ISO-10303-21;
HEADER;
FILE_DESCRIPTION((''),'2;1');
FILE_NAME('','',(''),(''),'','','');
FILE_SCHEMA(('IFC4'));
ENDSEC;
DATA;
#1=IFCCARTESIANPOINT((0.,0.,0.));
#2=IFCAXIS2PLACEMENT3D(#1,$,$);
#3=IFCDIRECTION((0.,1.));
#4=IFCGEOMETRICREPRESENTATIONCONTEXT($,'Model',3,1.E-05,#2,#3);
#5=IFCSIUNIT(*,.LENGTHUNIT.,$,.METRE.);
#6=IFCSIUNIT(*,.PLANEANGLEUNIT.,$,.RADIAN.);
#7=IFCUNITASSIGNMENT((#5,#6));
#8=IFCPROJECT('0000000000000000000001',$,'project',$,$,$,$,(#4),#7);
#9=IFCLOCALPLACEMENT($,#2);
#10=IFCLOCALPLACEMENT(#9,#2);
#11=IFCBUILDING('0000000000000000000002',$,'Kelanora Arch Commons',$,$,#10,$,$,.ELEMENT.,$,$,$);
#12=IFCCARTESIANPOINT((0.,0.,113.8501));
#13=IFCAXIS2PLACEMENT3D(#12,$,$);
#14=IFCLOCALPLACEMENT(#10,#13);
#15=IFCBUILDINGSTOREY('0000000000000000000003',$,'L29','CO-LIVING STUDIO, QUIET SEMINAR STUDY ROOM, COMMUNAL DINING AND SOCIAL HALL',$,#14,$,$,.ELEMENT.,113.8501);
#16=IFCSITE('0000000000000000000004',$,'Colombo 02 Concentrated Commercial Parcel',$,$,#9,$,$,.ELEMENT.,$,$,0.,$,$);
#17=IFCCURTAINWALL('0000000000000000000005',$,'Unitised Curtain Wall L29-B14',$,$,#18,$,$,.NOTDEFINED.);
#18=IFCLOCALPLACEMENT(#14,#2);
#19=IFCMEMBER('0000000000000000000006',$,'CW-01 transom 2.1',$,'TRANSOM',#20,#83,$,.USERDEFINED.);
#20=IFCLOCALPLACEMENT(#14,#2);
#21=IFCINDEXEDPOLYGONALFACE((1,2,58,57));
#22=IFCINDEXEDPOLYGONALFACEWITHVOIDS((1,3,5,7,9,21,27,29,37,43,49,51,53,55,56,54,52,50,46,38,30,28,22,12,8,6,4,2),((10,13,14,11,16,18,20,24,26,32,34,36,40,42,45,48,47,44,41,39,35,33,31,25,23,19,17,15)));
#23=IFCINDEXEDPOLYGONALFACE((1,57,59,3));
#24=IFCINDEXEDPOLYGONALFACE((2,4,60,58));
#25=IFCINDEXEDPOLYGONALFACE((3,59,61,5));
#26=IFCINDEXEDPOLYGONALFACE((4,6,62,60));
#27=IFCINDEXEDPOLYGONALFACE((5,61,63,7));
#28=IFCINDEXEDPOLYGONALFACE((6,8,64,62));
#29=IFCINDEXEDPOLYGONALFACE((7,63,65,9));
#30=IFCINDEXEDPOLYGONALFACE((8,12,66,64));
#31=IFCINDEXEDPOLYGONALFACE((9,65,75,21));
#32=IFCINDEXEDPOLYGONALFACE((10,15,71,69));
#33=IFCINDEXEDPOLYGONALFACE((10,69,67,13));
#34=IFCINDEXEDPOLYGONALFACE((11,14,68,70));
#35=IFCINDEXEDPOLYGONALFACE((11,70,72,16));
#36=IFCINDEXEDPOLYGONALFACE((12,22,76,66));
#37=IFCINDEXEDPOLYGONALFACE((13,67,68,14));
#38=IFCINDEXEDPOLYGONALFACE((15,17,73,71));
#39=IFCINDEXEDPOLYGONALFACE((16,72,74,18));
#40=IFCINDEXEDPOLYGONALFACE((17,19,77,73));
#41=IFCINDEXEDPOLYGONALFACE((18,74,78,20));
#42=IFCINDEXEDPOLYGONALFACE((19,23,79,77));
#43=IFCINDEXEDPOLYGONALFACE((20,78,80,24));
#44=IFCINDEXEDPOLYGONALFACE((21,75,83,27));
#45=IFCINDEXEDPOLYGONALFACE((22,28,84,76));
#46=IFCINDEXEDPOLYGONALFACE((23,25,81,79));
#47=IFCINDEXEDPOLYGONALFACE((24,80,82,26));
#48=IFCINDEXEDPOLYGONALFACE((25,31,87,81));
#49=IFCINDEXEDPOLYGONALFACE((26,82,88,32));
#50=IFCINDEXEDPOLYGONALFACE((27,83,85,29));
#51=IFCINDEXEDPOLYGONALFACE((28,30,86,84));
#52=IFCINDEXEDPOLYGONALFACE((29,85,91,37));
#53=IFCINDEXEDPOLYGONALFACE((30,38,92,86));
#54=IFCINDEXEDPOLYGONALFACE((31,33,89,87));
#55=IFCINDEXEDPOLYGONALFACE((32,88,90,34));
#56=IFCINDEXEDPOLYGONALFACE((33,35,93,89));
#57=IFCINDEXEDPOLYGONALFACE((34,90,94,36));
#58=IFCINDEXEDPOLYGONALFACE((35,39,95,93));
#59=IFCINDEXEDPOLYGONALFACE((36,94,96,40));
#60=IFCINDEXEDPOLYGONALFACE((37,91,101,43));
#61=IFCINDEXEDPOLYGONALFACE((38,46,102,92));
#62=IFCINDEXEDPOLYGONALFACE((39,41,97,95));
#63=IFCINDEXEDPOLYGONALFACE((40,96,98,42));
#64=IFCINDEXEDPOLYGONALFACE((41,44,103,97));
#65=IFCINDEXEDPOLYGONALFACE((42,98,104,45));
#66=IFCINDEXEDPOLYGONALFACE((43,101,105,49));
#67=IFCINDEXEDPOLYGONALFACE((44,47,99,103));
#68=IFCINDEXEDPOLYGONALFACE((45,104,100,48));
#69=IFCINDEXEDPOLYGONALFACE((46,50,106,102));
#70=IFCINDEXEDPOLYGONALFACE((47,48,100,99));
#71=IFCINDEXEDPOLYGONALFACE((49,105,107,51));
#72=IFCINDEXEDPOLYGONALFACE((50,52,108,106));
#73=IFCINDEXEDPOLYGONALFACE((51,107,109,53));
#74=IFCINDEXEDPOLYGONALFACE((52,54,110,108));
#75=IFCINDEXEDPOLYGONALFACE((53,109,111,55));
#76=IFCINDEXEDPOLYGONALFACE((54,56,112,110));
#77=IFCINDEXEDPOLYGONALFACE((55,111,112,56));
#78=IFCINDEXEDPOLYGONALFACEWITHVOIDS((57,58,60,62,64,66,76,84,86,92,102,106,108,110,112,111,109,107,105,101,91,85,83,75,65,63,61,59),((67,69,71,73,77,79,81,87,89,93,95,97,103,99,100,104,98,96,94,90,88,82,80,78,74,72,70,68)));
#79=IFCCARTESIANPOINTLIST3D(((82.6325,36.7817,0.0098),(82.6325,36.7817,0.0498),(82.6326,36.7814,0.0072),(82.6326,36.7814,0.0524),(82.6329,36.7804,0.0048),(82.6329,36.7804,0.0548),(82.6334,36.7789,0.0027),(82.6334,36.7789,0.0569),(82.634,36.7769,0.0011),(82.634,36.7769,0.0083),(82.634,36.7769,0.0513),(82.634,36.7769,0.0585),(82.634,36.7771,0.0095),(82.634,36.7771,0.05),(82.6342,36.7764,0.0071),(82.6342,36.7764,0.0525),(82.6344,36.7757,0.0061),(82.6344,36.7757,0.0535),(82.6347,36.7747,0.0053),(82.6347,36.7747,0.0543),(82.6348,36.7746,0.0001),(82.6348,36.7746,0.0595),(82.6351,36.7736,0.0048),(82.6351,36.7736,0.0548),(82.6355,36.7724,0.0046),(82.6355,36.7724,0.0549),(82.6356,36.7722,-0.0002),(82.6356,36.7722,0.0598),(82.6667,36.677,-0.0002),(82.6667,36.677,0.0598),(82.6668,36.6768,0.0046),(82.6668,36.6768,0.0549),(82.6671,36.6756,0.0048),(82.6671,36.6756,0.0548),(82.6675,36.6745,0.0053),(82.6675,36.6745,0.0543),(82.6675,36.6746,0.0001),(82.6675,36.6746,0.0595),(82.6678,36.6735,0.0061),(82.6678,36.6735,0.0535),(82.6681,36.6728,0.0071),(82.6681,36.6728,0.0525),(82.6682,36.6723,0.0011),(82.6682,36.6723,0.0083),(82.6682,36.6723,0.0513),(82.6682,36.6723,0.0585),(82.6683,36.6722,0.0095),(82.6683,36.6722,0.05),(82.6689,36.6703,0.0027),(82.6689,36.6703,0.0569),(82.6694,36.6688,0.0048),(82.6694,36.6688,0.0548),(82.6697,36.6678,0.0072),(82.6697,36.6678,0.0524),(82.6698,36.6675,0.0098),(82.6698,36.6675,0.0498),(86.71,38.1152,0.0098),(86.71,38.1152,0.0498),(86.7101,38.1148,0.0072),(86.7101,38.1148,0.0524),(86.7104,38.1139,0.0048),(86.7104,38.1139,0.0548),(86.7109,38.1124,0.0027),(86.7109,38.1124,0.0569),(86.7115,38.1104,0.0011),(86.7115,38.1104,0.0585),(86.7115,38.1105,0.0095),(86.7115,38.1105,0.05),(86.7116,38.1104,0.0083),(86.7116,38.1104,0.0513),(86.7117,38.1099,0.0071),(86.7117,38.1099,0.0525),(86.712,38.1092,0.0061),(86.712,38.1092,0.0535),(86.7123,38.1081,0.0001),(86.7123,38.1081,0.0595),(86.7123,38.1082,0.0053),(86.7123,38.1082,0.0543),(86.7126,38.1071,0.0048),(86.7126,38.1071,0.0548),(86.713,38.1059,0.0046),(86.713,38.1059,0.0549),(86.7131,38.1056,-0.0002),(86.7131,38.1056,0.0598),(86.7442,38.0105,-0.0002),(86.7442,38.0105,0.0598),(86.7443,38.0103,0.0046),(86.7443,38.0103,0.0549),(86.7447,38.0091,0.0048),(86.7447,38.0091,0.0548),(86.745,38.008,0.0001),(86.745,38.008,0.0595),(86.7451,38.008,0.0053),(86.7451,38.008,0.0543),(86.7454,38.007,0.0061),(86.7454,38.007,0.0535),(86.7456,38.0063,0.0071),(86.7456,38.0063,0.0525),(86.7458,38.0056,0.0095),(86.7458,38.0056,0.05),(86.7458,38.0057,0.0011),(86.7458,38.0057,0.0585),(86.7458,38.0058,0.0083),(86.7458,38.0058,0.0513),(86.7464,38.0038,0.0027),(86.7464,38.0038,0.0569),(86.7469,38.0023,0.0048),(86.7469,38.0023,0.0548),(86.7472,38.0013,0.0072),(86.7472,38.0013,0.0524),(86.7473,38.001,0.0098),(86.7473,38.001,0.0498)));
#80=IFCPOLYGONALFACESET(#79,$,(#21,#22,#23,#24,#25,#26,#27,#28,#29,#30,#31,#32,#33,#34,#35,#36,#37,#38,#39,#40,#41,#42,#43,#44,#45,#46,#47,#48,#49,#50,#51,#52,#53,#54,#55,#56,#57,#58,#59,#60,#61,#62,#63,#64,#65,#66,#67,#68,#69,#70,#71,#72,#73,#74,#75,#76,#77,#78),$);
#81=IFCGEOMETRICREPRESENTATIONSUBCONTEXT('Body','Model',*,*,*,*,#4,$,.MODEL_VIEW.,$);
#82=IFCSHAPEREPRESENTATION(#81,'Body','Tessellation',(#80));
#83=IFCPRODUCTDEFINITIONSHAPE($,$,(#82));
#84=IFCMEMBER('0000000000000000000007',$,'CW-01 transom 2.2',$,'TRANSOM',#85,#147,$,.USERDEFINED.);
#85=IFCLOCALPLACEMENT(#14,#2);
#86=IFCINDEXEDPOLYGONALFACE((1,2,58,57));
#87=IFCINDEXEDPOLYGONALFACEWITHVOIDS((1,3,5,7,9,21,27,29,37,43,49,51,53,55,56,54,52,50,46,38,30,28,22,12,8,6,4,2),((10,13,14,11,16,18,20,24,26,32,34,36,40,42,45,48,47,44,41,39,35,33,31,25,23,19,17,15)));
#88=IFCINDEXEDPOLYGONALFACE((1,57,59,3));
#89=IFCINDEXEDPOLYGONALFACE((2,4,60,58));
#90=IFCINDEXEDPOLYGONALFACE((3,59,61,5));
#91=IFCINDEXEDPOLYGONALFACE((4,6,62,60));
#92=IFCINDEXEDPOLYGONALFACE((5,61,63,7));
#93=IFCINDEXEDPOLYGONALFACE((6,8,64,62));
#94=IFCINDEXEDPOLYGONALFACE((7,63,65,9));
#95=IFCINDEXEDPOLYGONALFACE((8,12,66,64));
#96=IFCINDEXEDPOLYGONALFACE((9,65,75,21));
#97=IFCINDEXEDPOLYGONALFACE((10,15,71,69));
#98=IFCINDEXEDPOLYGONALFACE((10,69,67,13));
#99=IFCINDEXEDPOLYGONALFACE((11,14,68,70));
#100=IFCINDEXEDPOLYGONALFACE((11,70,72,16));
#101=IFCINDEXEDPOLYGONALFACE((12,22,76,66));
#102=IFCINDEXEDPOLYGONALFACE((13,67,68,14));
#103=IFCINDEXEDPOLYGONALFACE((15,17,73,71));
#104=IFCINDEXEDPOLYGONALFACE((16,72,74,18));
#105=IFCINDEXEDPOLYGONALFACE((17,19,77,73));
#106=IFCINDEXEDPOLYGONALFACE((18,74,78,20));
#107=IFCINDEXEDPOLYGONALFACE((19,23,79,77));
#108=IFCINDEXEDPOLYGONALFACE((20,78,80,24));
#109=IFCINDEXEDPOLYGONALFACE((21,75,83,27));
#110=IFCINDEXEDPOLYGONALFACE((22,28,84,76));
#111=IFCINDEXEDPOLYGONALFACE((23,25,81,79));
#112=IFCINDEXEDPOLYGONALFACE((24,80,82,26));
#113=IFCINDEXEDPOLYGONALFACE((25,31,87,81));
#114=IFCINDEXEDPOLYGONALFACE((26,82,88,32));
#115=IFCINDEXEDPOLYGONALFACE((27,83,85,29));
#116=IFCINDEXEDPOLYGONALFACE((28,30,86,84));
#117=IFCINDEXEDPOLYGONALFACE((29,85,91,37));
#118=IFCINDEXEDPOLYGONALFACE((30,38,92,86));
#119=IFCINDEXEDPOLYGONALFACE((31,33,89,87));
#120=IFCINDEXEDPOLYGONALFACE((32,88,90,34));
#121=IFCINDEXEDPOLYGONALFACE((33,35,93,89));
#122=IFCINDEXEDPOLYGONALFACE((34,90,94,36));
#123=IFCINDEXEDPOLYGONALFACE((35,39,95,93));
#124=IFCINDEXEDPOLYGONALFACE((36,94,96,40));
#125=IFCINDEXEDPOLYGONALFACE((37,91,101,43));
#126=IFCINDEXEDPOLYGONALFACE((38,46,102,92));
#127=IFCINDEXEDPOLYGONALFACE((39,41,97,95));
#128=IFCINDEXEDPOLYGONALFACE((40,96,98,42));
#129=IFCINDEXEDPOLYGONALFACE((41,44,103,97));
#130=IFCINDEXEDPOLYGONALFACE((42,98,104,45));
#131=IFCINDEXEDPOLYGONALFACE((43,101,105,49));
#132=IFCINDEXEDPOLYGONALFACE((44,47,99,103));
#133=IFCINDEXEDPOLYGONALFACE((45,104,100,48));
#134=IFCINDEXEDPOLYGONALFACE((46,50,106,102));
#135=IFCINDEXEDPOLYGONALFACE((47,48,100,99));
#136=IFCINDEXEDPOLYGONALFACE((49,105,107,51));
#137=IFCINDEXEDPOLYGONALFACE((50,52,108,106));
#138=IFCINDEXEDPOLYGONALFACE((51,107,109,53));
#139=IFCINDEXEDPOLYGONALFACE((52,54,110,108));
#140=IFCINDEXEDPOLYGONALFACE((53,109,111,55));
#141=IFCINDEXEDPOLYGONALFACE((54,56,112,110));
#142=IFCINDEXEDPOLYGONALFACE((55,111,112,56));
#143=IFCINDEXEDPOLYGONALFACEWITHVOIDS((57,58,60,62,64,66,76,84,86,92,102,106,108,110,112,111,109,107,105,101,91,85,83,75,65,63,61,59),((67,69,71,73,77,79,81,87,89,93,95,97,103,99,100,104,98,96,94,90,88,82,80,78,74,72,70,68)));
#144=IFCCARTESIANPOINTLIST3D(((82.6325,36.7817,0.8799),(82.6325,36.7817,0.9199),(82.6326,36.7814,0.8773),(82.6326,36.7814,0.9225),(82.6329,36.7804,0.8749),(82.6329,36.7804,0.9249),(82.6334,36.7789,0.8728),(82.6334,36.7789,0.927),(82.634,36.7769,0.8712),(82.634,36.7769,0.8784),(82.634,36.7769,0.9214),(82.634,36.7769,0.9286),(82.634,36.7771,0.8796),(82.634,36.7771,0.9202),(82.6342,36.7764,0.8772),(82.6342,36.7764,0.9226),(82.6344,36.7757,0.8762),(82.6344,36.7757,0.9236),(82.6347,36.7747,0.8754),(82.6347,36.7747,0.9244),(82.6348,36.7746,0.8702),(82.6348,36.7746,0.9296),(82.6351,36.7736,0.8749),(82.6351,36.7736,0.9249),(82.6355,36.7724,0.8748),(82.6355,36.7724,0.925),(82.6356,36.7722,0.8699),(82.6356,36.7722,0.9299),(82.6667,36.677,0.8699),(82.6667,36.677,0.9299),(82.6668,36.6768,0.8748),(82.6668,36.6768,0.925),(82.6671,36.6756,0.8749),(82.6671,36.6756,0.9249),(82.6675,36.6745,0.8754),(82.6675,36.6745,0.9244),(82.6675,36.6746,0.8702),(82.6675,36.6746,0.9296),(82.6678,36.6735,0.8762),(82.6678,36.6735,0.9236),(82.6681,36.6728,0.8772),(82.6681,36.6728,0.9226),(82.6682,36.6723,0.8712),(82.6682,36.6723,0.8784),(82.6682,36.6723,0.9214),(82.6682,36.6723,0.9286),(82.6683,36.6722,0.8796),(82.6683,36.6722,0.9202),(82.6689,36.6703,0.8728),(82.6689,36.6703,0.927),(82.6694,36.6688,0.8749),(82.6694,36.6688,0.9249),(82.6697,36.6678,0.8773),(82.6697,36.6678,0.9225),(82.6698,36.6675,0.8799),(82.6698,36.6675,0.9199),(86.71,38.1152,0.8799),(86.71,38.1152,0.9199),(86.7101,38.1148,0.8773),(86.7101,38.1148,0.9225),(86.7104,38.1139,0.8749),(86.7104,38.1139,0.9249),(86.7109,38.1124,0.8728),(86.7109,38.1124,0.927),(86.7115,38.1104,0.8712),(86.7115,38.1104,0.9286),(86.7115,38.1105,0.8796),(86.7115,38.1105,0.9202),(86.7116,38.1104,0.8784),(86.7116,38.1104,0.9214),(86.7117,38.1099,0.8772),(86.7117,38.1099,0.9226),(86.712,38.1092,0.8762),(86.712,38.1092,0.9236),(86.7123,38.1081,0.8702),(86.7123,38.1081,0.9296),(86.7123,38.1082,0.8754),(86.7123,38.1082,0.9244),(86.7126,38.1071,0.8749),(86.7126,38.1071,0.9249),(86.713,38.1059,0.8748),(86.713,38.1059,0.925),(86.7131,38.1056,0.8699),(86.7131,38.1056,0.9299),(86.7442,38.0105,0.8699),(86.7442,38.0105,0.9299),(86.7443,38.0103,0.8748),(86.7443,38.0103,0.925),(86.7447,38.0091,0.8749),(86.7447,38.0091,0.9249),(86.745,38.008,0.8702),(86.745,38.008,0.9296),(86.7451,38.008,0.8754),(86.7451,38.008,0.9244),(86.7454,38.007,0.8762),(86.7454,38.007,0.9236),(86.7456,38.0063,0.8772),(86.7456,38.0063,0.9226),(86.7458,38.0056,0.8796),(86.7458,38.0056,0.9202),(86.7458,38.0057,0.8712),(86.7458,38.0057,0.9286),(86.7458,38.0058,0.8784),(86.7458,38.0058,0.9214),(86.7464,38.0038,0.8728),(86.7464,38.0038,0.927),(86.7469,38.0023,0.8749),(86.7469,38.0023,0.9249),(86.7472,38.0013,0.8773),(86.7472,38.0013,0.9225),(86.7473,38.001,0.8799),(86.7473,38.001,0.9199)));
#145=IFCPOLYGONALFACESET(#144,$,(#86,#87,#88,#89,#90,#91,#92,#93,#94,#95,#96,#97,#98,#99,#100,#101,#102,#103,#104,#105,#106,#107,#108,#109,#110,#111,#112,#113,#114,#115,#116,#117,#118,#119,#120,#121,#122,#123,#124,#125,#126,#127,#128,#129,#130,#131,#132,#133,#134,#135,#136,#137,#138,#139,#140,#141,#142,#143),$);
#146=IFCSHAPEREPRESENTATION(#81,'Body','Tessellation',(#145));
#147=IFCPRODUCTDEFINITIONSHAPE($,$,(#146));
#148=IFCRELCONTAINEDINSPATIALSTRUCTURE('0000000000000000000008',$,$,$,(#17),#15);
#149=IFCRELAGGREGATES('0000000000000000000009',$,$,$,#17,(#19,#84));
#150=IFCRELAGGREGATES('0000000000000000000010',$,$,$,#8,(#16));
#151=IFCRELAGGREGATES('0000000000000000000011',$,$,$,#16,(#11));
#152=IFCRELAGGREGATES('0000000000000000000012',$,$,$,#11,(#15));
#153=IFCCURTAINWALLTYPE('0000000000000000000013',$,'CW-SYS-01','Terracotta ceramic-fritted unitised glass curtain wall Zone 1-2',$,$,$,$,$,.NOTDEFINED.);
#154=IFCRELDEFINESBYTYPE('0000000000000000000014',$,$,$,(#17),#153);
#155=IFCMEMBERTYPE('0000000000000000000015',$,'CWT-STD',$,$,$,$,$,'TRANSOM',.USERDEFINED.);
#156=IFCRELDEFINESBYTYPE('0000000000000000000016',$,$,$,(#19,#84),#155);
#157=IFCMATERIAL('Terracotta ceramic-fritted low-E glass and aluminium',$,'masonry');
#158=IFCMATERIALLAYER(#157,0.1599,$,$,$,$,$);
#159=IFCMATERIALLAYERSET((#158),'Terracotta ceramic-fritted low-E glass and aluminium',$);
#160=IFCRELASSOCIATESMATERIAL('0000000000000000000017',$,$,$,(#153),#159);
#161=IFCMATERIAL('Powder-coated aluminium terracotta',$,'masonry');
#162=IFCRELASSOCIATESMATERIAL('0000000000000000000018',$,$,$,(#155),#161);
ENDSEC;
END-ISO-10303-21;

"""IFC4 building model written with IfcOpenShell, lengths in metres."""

from ifc_helpers import new_model, si_unit, direction, frame, origin, origin_2d, place, context, subcontext, project, spatial, hollow_rectangle, extrude, material, layer, layer_set, material_profile, profile_set, type_object, element, aggregate, save


model = new_model("IFC4")

# Units and contexts
model_context = context("Model", 3, precision=1e-05, world=origin(), true_north=direction((0.0, 1.0)))
body_context = subcontext(model_context, "Body", "Model", "MODEL_VIEW")
ifc_project = project(units=[si_unit("LENGTHUNIT", "METRE"), si_unit("PLANEANGLEUNIT", "RADIAN")], contexts=[model_context])

# Site, building, storey
site_placement = place(None, origin())
site = spatial("IfcSite", under=ifc_project, at=site_placement, Name="Colombo 02 Concentrated Commercial Parcel", CompositionType="ELEMENT", RefElevation=0.0)
building_placement = place(site_placement, origin())
building = spatial("IfcBuilding", under=site, at=building_placement, Name="Kelanora Arch Commons", CompositionType="ELEMENT")
storey_placement = place(building_placement, frame((0.0, 0.0, 113.8501)))
storey = spatial("IfcBuildingStorey", under=building, at=storey_placement, Name="L29", Description="CO-LIVING STUDIO, QUIET SEMINAR STUDY ROOM, COMMUNAL DINING AND SOCIAL HALL", CompositionType="ELEMENT", Elevation=113.8501)

# Curtain wall, members
ifc_material_1 = material(Name="Terracotta ceramic-fritted low-E glass and aluminium", Category="masonry")
ifc_layer_1 = layer(ifc_material_1, 0.1599)
ifc_layer_set_1 = layer_set([ifc_layer_1], Name="Terracotta ceramic-fritted low-E glass and aluminium")
curtain_wall_type = type_object("IfcCurtainWallType", Name="CW-SYS-01", Description="Terracotta ceramic-fritted unitised glass curtain wall Zone 1-2", PredefinedType="NOTDEFINED", material=ifc_layer_set_1)
curtain_wall_placement = place(storey_placement, origin())
curtain_wall = element("IfcCurtainWall", 1, at=curtain_wall_placement, inside=storey, type_object=curtain_wall_type, Name="Unitised Curtain Wall L29-B14", PredefinedType="NOTDEFINED")
ifc_material_2 = material(Name="Powder-coated aluminium terracotta", Category="masonry")
ifc_material_profile_1 = material_profile(ifc_material_2, hollow_rectangle(XDim=0.1201, YDim=0.0601, WallThickness=0.0049, InnerFilletRadius=0.0049, OuterFilletRadius=0.01, at=origin_2d()), Name="CWT120x60")
ifc_profile_set_1 = profile_set([ifc_material_profile_1], Name="Powder-coated aluminium terracotta")
member_type_1 = type_object("IfcMemberType", Name="CWT-STD", ElementType="TRANSOM", PredefinedType="USERDEFINED", material=ifc_profile_set_1)
member_1_placement = place(storey_placement, frame((82.6511, 36.7246, 0.0298), z_axis=(0.950466, 0.310828, 0.0), x_axis=(-0.310828, 0.950466, 0.0)))
member_1 = element("IfcMember", 2, at=member_1_placement, type_object=member_type_1, Name="CW-01 transom 2.1", ObjectType="TRANSOM", PredefinedType="USERDEFINED", context=body_context, shape_type="SweptSolid", body=[
    extrude(hollow_rectangle(XDim=0.1201, YDim=0.0601, WallThickness=0.0049, InnerFilletRadius=0.0049, OuterFilletRadius=0.01, at=origin_2d()), origin(), (0.0, 0.0, 1.0), 4.29),
])
member_2_placement = place(storey_placement, frame((82.6511, 36.7246, 0.8999), z_axis=(0.950466, 0.310828, 0.0), x_axis=(-0.310828, 0.950466, 0.0)))
member_2 = element("IfcMember", 3, at=member_2_placement, type_object=member_type_1, Name="CW-01 transom 2.2", ObjectType="TRANSOM", PredefinedType="USERDEFINED", context=body_context, shape_type="SweptSolid", body=[
    extrude(hollow_rectangle(XDim=0.1201, YDim=0.0601, WallThickness=0.0049, InnerFilletRadius=0.0049, OuterFilletRadius=0.01, at=origin_2d()), origin(), (0.0, 0.0, 1.0), 4.29),
])
aggregate(curtain_wall, [member_1, member_2])

save(model, "model.ifc")
